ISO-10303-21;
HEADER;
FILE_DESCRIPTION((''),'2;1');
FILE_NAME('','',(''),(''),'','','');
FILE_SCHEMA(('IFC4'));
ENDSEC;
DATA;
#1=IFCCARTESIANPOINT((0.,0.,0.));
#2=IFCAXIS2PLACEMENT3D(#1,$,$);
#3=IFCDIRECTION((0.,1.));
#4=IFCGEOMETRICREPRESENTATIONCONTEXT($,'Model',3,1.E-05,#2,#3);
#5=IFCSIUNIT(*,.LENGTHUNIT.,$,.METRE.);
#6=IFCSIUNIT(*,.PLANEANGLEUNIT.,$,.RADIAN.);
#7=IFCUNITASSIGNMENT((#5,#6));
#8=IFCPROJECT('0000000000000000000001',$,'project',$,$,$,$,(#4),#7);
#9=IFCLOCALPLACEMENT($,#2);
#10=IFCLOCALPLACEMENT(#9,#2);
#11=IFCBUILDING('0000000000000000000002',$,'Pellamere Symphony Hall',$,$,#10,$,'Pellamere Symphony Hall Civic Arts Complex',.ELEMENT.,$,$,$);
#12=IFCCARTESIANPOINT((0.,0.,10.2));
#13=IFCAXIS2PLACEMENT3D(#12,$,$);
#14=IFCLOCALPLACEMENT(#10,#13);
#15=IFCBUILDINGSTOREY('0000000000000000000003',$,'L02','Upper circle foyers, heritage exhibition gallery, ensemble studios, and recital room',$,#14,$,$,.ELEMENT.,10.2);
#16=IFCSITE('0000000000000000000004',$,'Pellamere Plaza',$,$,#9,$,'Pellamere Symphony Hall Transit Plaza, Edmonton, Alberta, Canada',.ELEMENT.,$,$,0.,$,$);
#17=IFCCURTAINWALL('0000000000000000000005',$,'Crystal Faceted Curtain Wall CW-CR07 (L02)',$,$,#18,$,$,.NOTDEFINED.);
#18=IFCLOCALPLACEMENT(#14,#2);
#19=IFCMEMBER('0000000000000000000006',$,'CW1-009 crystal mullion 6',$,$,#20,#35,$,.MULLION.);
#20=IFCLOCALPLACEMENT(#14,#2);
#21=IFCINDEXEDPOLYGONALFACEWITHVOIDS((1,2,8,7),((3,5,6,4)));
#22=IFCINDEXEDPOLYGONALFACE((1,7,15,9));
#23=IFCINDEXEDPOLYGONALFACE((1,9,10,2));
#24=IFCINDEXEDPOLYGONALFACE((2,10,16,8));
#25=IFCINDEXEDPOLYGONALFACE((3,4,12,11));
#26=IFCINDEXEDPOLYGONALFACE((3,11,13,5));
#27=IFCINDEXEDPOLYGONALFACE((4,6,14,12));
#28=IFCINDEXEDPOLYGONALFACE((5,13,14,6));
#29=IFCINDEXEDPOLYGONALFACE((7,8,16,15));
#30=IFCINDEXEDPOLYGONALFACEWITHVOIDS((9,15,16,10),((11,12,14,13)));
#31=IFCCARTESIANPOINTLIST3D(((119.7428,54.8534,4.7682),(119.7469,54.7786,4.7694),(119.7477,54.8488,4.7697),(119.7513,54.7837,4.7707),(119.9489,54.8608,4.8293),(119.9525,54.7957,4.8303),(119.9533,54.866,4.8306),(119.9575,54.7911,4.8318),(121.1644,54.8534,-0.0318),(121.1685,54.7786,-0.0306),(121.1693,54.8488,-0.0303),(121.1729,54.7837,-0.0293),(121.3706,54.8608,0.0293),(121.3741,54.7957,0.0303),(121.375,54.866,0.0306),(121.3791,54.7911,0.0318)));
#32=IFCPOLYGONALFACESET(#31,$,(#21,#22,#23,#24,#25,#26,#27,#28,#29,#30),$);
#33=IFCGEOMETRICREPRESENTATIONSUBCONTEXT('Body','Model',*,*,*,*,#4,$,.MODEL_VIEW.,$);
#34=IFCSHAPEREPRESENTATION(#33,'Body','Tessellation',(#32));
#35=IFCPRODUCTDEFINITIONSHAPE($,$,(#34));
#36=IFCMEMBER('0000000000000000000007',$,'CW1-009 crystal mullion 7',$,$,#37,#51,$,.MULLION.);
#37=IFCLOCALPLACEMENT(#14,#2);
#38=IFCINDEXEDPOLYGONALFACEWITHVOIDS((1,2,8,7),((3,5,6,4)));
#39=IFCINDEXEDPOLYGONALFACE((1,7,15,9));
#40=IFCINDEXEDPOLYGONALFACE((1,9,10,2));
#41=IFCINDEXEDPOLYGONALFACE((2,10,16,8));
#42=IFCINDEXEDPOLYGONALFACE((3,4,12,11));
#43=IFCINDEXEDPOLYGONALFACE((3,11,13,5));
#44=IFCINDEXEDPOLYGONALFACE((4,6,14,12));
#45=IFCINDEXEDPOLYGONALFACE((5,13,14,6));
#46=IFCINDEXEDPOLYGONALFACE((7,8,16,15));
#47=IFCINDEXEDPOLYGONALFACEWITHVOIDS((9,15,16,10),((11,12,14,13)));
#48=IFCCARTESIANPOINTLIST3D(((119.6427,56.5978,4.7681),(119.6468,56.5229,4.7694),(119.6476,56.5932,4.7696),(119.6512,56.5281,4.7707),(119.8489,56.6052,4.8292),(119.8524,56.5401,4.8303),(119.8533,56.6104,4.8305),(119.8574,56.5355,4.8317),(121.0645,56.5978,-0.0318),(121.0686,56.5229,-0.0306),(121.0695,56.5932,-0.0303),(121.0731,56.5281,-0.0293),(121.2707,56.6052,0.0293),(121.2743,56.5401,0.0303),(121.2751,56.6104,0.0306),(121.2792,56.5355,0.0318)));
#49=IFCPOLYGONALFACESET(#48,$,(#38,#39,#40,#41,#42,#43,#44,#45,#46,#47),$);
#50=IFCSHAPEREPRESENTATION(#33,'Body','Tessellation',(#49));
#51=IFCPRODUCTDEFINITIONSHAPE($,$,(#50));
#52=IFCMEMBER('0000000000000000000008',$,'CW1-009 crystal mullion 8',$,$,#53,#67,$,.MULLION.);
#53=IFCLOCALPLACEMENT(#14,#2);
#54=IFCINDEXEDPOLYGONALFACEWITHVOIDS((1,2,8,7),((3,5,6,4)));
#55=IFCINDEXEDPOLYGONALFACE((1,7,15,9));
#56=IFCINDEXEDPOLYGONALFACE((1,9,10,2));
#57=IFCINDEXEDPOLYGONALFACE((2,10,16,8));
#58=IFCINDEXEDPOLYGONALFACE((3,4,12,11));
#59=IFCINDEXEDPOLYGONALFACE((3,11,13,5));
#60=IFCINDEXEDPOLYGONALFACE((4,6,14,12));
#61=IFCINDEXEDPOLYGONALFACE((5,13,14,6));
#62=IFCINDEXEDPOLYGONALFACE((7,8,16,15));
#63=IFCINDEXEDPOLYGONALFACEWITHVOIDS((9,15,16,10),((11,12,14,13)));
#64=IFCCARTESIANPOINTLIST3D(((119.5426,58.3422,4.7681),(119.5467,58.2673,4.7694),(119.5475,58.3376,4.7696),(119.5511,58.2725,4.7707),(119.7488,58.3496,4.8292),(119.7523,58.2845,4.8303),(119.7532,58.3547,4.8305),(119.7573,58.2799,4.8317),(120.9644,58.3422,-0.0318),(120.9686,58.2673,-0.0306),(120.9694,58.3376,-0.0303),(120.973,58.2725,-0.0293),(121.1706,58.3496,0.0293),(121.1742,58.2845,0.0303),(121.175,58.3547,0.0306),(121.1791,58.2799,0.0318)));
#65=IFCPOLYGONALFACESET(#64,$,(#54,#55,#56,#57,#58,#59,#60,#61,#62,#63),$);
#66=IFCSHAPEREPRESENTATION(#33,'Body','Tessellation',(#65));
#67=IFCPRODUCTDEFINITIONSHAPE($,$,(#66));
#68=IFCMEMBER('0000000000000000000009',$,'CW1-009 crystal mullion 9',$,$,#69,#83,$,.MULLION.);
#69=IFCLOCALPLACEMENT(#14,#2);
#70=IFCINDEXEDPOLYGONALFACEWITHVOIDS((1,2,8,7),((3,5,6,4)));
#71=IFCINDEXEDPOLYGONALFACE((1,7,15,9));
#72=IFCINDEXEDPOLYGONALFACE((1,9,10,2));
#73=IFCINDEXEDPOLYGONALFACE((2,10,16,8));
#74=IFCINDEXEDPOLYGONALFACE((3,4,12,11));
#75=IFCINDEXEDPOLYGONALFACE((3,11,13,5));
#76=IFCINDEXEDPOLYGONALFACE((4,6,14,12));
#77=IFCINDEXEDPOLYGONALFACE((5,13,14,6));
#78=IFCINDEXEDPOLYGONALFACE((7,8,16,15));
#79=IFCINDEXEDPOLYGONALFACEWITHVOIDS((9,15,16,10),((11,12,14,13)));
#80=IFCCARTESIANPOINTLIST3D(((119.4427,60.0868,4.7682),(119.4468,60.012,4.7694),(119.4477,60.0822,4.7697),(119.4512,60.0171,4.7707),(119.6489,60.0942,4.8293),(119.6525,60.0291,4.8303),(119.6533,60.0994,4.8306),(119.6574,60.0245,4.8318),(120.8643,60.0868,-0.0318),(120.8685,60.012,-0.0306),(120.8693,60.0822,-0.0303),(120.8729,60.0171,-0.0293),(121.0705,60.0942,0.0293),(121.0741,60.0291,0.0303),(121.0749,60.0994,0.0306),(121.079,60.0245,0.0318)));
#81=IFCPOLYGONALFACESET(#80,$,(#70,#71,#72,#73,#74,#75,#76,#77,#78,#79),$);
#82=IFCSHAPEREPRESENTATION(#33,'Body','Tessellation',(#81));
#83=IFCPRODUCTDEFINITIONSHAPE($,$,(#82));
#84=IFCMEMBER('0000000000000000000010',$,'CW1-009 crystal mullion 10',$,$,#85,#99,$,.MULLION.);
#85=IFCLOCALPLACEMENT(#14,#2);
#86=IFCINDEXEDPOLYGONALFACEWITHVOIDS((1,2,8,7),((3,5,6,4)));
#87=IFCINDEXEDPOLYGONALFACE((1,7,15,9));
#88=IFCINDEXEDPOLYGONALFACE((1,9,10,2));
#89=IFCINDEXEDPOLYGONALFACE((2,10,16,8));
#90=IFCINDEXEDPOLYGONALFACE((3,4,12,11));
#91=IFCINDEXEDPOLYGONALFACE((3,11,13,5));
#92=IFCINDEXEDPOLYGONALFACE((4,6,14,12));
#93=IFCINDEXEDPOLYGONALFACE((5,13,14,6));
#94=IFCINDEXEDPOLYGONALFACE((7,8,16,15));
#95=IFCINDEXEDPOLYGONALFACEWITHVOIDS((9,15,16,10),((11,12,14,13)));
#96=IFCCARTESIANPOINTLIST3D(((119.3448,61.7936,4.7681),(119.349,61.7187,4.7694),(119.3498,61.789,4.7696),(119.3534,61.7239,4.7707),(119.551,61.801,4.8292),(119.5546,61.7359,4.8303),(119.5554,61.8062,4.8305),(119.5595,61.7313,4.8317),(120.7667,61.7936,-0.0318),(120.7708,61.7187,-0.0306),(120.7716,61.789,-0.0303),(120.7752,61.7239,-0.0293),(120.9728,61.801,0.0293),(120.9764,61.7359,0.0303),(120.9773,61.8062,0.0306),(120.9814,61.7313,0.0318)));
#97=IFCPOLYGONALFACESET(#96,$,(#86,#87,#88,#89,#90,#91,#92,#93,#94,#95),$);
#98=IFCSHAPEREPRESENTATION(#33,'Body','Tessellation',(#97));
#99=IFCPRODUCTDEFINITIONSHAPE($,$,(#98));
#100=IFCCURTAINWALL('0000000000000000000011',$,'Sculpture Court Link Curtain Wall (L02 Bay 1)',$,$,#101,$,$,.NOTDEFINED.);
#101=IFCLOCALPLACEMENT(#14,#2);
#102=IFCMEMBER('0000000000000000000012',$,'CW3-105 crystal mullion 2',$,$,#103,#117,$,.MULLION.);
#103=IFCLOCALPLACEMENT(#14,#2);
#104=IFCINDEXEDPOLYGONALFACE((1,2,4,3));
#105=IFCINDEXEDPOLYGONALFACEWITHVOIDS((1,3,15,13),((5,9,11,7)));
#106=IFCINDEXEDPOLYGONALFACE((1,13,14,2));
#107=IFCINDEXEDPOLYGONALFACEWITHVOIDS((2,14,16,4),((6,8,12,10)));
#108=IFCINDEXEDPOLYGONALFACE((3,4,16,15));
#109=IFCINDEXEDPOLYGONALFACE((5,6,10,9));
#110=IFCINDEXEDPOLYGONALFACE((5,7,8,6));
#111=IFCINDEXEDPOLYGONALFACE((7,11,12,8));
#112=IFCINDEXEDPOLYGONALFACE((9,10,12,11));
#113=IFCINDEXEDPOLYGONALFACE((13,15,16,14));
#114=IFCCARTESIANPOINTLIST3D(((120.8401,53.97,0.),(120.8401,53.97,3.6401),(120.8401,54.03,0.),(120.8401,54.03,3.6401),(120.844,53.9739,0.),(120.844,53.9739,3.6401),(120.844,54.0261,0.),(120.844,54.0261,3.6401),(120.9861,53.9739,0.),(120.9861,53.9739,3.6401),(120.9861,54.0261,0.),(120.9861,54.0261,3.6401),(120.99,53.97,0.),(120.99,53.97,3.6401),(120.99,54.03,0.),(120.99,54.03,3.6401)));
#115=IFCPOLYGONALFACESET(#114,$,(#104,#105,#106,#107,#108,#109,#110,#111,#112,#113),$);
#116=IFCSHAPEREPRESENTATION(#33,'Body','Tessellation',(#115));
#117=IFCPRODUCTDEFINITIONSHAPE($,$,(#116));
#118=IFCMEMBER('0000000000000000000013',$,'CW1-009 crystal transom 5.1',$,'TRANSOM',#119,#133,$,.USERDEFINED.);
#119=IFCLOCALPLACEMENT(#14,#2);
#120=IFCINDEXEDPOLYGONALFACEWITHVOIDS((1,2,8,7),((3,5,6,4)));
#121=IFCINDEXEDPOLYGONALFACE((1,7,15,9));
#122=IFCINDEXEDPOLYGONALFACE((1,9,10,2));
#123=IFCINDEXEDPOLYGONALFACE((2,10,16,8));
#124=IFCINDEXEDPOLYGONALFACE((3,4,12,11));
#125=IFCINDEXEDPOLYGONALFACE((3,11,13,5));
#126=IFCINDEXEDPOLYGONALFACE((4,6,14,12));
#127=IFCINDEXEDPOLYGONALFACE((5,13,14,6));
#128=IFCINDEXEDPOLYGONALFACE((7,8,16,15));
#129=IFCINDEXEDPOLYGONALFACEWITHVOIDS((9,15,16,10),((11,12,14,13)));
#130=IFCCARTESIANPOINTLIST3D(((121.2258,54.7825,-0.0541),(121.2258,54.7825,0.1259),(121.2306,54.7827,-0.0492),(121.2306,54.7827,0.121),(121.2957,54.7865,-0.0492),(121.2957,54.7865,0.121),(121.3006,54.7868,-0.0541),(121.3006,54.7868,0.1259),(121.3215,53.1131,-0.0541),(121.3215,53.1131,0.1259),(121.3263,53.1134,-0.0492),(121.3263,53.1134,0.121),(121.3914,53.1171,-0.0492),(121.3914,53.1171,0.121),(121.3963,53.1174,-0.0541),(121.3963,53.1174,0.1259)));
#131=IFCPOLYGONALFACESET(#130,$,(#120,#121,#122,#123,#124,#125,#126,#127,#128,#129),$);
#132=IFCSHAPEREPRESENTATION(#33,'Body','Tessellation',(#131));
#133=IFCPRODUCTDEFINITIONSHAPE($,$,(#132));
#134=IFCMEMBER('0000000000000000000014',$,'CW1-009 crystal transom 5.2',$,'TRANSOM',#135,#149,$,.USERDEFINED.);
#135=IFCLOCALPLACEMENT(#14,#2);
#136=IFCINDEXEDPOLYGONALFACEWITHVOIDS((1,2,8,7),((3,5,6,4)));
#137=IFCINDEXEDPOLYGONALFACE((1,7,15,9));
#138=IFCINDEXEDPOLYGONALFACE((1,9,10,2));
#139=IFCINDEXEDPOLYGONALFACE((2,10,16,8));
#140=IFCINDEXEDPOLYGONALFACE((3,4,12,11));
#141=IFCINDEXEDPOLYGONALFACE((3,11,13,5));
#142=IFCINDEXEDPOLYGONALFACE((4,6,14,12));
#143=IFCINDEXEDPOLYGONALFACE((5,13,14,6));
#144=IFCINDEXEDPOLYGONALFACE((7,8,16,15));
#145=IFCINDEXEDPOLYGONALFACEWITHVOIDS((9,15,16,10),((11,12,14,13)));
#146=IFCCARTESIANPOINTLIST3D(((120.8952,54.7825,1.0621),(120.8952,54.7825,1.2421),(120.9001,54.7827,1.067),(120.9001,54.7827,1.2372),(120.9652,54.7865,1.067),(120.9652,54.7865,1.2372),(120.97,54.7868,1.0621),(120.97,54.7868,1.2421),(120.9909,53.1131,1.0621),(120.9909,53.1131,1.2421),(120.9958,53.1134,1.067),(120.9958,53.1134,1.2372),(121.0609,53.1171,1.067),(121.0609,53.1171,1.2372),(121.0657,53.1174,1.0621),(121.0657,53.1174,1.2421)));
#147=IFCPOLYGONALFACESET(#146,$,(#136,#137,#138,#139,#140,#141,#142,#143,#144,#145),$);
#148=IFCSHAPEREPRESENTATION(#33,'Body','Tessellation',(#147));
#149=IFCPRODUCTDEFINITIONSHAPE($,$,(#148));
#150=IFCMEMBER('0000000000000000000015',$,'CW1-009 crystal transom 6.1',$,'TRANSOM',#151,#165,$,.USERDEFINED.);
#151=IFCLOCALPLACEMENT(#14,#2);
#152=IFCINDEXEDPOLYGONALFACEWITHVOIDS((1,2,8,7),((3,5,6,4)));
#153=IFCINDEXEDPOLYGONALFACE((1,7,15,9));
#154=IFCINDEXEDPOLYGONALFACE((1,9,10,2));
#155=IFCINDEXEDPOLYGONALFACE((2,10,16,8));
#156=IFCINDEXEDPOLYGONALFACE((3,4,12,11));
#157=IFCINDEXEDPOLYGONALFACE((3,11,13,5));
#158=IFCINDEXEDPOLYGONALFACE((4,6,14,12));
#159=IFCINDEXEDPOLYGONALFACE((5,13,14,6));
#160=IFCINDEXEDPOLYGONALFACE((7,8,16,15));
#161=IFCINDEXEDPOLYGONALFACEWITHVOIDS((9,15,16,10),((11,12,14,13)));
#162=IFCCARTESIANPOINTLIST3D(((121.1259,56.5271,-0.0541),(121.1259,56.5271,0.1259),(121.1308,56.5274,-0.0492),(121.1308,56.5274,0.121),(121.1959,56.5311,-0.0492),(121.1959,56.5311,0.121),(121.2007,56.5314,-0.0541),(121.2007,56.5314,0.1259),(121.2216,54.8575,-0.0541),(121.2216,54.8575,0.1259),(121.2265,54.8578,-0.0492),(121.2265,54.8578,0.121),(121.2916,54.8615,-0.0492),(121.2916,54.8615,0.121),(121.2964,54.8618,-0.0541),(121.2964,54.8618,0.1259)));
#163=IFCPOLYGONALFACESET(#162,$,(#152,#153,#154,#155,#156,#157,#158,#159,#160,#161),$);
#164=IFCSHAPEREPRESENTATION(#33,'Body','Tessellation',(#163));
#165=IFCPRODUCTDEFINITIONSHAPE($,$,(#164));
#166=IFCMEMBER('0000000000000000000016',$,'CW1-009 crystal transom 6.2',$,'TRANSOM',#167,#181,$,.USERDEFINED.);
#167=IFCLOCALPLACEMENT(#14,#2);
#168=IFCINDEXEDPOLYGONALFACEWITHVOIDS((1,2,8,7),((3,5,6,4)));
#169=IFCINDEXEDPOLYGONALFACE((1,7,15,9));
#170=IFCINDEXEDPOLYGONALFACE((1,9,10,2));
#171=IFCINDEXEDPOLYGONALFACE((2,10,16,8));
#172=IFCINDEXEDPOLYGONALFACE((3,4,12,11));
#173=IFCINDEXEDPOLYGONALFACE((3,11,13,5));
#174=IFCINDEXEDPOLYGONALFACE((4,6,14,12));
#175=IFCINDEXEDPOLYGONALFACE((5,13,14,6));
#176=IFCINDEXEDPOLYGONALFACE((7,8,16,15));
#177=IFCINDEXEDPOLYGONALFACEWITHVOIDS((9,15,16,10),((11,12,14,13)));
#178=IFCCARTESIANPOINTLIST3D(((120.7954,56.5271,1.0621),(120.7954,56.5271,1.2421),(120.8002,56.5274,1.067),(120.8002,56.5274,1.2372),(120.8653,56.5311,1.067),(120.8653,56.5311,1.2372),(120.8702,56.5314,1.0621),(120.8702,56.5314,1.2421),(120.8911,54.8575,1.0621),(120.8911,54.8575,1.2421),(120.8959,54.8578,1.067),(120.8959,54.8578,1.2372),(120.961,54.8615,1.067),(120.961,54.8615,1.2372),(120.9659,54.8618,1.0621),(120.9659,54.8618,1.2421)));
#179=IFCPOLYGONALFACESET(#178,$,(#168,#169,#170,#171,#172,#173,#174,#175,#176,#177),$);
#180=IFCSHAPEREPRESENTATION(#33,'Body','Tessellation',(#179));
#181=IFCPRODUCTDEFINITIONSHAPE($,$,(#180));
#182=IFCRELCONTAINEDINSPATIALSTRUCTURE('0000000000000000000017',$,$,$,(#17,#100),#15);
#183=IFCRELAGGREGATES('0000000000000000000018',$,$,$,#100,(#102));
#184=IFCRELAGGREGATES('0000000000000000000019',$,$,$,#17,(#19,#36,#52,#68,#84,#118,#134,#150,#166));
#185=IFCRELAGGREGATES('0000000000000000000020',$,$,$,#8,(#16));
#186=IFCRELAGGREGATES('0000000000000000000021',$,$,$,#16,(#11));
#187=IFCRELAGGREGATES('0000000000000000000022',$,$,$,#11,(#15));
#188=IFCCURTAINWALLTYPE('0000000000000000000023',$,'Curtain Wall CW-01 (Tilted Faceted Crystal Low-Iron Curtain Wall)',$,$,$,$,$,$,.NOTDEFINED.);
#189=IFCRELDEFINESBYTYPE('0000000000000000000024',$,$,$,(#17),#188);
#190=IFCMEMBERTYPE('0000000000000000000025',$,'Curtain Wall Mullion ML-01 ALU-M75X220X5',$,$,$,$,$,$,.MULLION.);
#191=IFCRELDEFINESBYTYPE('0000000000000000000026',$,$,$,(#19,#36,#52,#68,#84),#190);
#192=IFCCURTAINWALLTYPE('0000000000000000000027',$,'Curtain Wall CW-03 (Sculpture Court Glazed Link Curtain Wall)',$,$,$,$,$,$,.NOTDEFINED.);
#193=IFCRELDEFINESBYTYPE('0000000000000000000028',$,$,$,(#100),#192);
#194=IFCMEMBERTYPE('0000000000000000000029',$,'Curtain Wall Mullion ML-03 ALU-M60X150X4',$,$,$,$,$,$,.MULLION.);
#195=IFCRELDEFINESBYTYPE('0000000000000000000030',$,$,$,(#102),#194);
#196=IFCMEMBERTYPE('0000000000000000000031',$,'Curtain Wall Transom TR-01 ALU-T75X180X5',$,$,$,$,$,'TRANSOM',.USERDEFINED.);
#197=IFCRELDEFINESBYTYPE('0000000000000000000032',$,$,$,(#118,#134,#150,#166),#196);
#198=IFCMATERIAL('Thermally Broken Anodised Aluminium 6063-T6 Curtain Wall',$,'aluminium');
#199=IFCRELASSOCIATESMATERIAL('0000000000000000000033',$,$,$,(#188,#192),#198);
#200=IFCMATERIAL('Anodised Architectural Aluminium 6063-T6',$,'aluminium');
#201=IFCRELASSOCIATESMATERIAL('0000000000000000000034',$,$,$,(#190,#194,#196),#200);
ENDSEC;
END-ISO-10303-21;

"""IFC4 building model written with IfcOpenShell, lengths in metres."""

from ifc_helpers import new_model, si_unit, direction, frame, origin, origin_2d, place, context, subcontext, project, spatial, hollow_rectangle, extrude, material, material_profile, profile_set, type_object, element, aggregate, save


model = new_model("IFC4")

# Units and contexts
model_context = context("Model", 3, precision=1e-05, world=origin(), true_north=direction((0.0, 1.0)))
body_context = subcontext(model_context, "Body", "Model", "MODEL_VIEW")
ifc_project = project(units=[si_unit("LENGTHUNIT", "METRE"), si_unit("PLANEANGLEUNIT", "RADIAN")], contexts=[model_context])

# Site, building, storey
site_placement = place(None, origin())
site = spatial("IfcSite", under=ifc_project, at=site_placement, Name="Pellamere Plaza", LongName="Pellamere Symphony Hall Transit Plaza, Edmonton, Alberta, Canada", CompositionType="ELEMENT", RefElevation=0.0)
building_placement = place(site_placement, origin())
building = spatial("IfcBuilding", under=site, at=building_placement, Name="Pellamere Symphony Hall", LongName="Pellamere Symphony Hall Civic Arts Complex", CompositionType="ELEMENT")
storey_placement = place(building_placement, frame((0.0, 0.0, 10.2)))
storey = spatial("IfcBuildingStorey", under=building, at=storey_placement, Name="L02", Description="Upper circle foyers, heritage exhibition gallery, ensemble studios, and recital room", CompositionType="ELEMENT", Elevation=10.2)

# Curtain wall, members
ifc_material_1 = material(Name="Thermally Broken Anodised Aluminium 6063-T6 Curtain Wall", Category="aluminium")
curtain_wall_type_1 = type_object("IfcCurtainWallType", Name="Curtain Wall CW-01 (Tilted Faceted Crystal Low-Iron Curtain Wall)", PredefinedType="NOTDEFINED", material=ifc_material_1)
curtain_wall_1_placement = place(storey_placement, origin())
curtain_wall_1 = element("IfcCurtainWall", 1, at=curtain_wall_1_placement, inside=storey, type_object=curtain_wall_type_1, Name="Crystal Faceted Curtain Wall CW-CR07 (L02)", PredefinedType="NOTDEFINED")
ifc_material_2 = material(Name="Anodised Architectural Aluminium 6063-T6", Category="aluminium")
ifc_material_profile_1 = material_profile(ifc_material_2, hollow_rectangle(XDim=0.075, YDim=0.22, WallThickness=0.0049, at=origin_2d()), Name="ALU-M75X220X5")
ifc_profile_set_1 = profile_set([ifc_material_profile_1], Name="Anodised Architectural Aluminium 6063-T6")
member_type_1 = type_object("IfcMemberType", Name="Curtain Wall Mullion ML-01 ALU-M75X220X5", PredefinedType="MULLION", material=ifc_profile_set_1)
member_1_placement = place(storey_placement, frame((121.2717, 54.8223, 0.0), z_axis=(-0.283977, 0.0, 0.958831), x_axis=(-0.054875, 0.998361, -0.016252)))
member_1 = element("IfcMember", 2, at=member_1_placement, type_object=member_type_1, Name="CW1-009 crystal mullion 6", PredefinedType="MULLION", context=body_context, shape_type="SweptSolid", body=[
    extrude(hollow_rectangle(XDim=0.075, YDim=0.22, WallThickness=0.0049, at=origin_2d()), origin(), (0.0, 0.0, 1.0), 5.0061),
])
member_2_placement = place(storey_placement, frame((121.1719, 56.5667, 0.0), z_axis=(-0.284022, 0.0, 0.958818), x_axis=(-0.054874, 0.998361, -0.016255)))
member_2 = element("IfcMember", 3, at=member_2_placement, type_object=member_type_1, Name="CW1-009 crystal mullion 7", PredefinedType="MULLION", context=body_context, shape_type="SweptSolid", body=[
    extrude(hollow_rectangle(XDim=0.075, YDim=0.22, WallThickness=0.0049, at=origin_2d()), origin(), (0.0, 0.0, 1.0), 5.0061),
])
member_3_placement = place(storey_placement, frame((121.0718, 58.311, 0.0), z_axis=(-0.284022, 0.0, 0.958818), x_axis=(-0.054874, 0.998361, -0.016255)))
member_3 = element("IfcMember", 4, at=member_3_placement, type_object=member_type_1, Name="CW1-009 crystal mullion 8", PredefinedType="MULLION", context=body_context, shape_type="SweptSolid", body=[
    extrude(hollow_rectangle(XDim=0.075, YDim=0.22, WallThickness=0.0049, at=origin_2d()), origin(), (0.0, 0.0, 1.0), 5.0061),
])
member_4_placement = place(storey_placement, frame((120.9717, 60.0557, 0.0), z_axis=(-0.283977, 0.0, 0.958831), x_axis=(-0.054875, 0.998361, -0.016252)))
member_4 = element("IfcMember", 5, at=member_4_placement, type_object=member_type_1, Name="CW1-009 crystal mullion 9", PredefinedType="MULLION", context=body_context, shape_type="SweptSolid", body=[
    extrude(hollow_rectangle(XDim=0.075, YDim=0.22, WallThickness=0.0049, at=origin_2d()), origin(), (0.0, 0.0, 1.0), 5.0061),
])
member_5_placement = place(storey_placement, frame((120.874, 61.7625, 0.0), z_axis=(-0.284022, 0.0, 0.958818), x_axis=(-0.054874, 0.998361, -0.016255)))
member_5 = element("IfcMember", 6, at=member_5_placement, type_object=member_type_1, Name="CW1-009 crystal mullion 10", PredefinedType="MULLION", context=body_context, shape_type="SweptSolid", body=[
    extrude(hollow_rectangle(XDim=0.075, YDim=0.22, WallThickness=0.0049, at=origin_2d()), origin(), (0.0, 0.0, 1.0), 5.0061),
])

# Curtain wall, member
curtain_wall_type_2 = type_object("IfcCurtainWallType", Name="Curtain Wall CW-03 (Sculpture Court Glazed Link Curtain Wall)", PredefinedType="NOTDEFINED", material=ifc_material_1)
curtain_wall_2_placement = place(storey_placement, origin())
curtain_wall_2 = element("IfcCurtainWall", 7, at=curtain_wall_2_placement, inside=storey, type_object=curtain_wall_type_2, Name="Sculpture Court Link Curtain Wall (L02 Bay 1)", PredefinedType="NOTDEFINED")
ifc_material_profile_2 = material_profile(ifc_material_2, hollow_rectangle(XDim=0.0601, YDim=0.1499, WallThickness=0.0039, at=origin_2d()), Name="ALU-M60X150X4")
ifc_profile_set_2 = profile_set([ifc_material_profile_2], Name="Anodised Architectural Aluminium 6063-T6")
member_type_2 = type_object("IfcMemberType", Name="Curtain Wall Mullion ML-03 ALU-M60X150X4", PredefinedType="MULLION", material=ifc_profile_set_2)
member_6_placement = place(storey_placement, frame((120.915, 54.0, 0.0), z_axis=(0.0, 0.0, 1.0), x_axis=(0.0, 1.0, 0.0)))
member_6 = element("IfcMember", 8, at=member_6_placement, type_object=member_type_2, Name="CW3-105 crystal mullion 2", PredefinedType="MULLION", context=body_context, shape_type="SweptSolid", body=[
    extrude(hollow_rectangle(XDim=0.0601, YDim=0.1499, WallThickness=0.0039, at=origin_2d()), origin(), (0.0, 0.0, 1.0), 3.6401),
])

# Members
ifc_material_profile_3 = material_profile(ifc_material_2, hollow_rectangle(XDim=0.075, YDim=0.1799, WallThickness=0.0049, at=origin_2d()), Name="ALU-T75X180X5")
ifc_profile_set_3 = profile_set([ifc_material_profile_3], Name="Anodised Architectural Aluminium 6063-T6")
member_type_3 = type_object("IfcMemberType", Name="Curtain Wall Transom TR-01 ALU-T75X180X5", ElementType="TRANSOM", PredefinedType="USERDEFINED", material=ifc_profile_set_3)
member_7_placement = place(storey_placement, frame((121.3589, 53.1152, 0.0359), z_axis=(-0.057233, 0.998361, 0.0), x_axis=(-0.998361, -0.057233, 0.0)))
member_7 = element("IfcMember", 9, at=member_7_placement, type_object=member_type_3, Name="CW1-009 crystal transom 5.1", ObjectType="TRANSOM", PredefinedType="USERDEFINED", context=body_context, shape_type="SweptSolid", body=[
    extrude(hollow_rectangle(XDim=0.075, YDim=0.1799, WallThickness=0.0049, at=origin_2d()), origin(), (0.0, 0.0, 1.0), 1.6721),
])
member_8_placement = place(storey_placement, frame((121.0283, 53.1152, 1.1521), z_axis=(-0.057233, 0.998361, 0.0), x_axis=(-0.998361, -0.057233, 0.0)))
member_8 = element("IfcMember", 10, at=member_8_placement, type_object=member_type_3, Name="CW1-009 crystal transom 5.2", ObjectType="TRANSOM", PredefinedType="USERDEFINED", context=body_context, shape_type="SweptSolid", body=[
    extrude(hollow_rectangle(XDim=0.075, YDim=0.1799, WallThickness=0.0049, at=origin_2d()), origin(), (0.0, 0.0, 1.0), 1.6721),
])
member_9_placement = place(storey_placement, frame((121.259, 54.8596, 0.0359), z_axis=(-0.057224, 0.998361, 0.0), x_axis=(-0.998361, -0.057224, 0.0)))
member_9 = element("IfcMember", 11, at=member_9_placement, type_object=member_type_3, Name="CW1-009 crystal transom 6.1", ObjectType="TRANSOM", PredefinedType="USERDEFINED", context=body_context, shape_type="SweptSolid", body=[
    extrude(hollow_rectangle(XDim=0.075, YDim=0.1799, WallThickness=0.0049, at=origin_2d()), origin(), (0.0, 0.0, 1.0), 1.6724),
])
member_10_placement = place(storey_placement, frame((120.9285, 54.8596, 1.1521), z_axis=(-0.057224, 0.998361, 0.0), x_axis=(-0.998361, -0.057224, 0.0)))
member_10 = element("IfcMember", 12, at=member_10_placement, type_object=member_type_3, Name="CW1-009 crystal transom 6.2", ObjectType="TRANSOM", PredefinedType="USERDEFINED", context=body_context, shape_type="SweptSolid", body=[
    extrude(hollow_rectangle(XDim=0.075, YDim=0.1799, WallThickness=0.0049, at=origin_2d()), origin(), (0.0, 0.0, 1.0), 1.6724),
])

aggregate(curtain_wall_2, [member_6])
aggregate(curtain_wall_1, [member_1, member_2, member_3, member_4, member_5, member_7, member_8, member_9, member_10])

save(model, "model.ifc")
